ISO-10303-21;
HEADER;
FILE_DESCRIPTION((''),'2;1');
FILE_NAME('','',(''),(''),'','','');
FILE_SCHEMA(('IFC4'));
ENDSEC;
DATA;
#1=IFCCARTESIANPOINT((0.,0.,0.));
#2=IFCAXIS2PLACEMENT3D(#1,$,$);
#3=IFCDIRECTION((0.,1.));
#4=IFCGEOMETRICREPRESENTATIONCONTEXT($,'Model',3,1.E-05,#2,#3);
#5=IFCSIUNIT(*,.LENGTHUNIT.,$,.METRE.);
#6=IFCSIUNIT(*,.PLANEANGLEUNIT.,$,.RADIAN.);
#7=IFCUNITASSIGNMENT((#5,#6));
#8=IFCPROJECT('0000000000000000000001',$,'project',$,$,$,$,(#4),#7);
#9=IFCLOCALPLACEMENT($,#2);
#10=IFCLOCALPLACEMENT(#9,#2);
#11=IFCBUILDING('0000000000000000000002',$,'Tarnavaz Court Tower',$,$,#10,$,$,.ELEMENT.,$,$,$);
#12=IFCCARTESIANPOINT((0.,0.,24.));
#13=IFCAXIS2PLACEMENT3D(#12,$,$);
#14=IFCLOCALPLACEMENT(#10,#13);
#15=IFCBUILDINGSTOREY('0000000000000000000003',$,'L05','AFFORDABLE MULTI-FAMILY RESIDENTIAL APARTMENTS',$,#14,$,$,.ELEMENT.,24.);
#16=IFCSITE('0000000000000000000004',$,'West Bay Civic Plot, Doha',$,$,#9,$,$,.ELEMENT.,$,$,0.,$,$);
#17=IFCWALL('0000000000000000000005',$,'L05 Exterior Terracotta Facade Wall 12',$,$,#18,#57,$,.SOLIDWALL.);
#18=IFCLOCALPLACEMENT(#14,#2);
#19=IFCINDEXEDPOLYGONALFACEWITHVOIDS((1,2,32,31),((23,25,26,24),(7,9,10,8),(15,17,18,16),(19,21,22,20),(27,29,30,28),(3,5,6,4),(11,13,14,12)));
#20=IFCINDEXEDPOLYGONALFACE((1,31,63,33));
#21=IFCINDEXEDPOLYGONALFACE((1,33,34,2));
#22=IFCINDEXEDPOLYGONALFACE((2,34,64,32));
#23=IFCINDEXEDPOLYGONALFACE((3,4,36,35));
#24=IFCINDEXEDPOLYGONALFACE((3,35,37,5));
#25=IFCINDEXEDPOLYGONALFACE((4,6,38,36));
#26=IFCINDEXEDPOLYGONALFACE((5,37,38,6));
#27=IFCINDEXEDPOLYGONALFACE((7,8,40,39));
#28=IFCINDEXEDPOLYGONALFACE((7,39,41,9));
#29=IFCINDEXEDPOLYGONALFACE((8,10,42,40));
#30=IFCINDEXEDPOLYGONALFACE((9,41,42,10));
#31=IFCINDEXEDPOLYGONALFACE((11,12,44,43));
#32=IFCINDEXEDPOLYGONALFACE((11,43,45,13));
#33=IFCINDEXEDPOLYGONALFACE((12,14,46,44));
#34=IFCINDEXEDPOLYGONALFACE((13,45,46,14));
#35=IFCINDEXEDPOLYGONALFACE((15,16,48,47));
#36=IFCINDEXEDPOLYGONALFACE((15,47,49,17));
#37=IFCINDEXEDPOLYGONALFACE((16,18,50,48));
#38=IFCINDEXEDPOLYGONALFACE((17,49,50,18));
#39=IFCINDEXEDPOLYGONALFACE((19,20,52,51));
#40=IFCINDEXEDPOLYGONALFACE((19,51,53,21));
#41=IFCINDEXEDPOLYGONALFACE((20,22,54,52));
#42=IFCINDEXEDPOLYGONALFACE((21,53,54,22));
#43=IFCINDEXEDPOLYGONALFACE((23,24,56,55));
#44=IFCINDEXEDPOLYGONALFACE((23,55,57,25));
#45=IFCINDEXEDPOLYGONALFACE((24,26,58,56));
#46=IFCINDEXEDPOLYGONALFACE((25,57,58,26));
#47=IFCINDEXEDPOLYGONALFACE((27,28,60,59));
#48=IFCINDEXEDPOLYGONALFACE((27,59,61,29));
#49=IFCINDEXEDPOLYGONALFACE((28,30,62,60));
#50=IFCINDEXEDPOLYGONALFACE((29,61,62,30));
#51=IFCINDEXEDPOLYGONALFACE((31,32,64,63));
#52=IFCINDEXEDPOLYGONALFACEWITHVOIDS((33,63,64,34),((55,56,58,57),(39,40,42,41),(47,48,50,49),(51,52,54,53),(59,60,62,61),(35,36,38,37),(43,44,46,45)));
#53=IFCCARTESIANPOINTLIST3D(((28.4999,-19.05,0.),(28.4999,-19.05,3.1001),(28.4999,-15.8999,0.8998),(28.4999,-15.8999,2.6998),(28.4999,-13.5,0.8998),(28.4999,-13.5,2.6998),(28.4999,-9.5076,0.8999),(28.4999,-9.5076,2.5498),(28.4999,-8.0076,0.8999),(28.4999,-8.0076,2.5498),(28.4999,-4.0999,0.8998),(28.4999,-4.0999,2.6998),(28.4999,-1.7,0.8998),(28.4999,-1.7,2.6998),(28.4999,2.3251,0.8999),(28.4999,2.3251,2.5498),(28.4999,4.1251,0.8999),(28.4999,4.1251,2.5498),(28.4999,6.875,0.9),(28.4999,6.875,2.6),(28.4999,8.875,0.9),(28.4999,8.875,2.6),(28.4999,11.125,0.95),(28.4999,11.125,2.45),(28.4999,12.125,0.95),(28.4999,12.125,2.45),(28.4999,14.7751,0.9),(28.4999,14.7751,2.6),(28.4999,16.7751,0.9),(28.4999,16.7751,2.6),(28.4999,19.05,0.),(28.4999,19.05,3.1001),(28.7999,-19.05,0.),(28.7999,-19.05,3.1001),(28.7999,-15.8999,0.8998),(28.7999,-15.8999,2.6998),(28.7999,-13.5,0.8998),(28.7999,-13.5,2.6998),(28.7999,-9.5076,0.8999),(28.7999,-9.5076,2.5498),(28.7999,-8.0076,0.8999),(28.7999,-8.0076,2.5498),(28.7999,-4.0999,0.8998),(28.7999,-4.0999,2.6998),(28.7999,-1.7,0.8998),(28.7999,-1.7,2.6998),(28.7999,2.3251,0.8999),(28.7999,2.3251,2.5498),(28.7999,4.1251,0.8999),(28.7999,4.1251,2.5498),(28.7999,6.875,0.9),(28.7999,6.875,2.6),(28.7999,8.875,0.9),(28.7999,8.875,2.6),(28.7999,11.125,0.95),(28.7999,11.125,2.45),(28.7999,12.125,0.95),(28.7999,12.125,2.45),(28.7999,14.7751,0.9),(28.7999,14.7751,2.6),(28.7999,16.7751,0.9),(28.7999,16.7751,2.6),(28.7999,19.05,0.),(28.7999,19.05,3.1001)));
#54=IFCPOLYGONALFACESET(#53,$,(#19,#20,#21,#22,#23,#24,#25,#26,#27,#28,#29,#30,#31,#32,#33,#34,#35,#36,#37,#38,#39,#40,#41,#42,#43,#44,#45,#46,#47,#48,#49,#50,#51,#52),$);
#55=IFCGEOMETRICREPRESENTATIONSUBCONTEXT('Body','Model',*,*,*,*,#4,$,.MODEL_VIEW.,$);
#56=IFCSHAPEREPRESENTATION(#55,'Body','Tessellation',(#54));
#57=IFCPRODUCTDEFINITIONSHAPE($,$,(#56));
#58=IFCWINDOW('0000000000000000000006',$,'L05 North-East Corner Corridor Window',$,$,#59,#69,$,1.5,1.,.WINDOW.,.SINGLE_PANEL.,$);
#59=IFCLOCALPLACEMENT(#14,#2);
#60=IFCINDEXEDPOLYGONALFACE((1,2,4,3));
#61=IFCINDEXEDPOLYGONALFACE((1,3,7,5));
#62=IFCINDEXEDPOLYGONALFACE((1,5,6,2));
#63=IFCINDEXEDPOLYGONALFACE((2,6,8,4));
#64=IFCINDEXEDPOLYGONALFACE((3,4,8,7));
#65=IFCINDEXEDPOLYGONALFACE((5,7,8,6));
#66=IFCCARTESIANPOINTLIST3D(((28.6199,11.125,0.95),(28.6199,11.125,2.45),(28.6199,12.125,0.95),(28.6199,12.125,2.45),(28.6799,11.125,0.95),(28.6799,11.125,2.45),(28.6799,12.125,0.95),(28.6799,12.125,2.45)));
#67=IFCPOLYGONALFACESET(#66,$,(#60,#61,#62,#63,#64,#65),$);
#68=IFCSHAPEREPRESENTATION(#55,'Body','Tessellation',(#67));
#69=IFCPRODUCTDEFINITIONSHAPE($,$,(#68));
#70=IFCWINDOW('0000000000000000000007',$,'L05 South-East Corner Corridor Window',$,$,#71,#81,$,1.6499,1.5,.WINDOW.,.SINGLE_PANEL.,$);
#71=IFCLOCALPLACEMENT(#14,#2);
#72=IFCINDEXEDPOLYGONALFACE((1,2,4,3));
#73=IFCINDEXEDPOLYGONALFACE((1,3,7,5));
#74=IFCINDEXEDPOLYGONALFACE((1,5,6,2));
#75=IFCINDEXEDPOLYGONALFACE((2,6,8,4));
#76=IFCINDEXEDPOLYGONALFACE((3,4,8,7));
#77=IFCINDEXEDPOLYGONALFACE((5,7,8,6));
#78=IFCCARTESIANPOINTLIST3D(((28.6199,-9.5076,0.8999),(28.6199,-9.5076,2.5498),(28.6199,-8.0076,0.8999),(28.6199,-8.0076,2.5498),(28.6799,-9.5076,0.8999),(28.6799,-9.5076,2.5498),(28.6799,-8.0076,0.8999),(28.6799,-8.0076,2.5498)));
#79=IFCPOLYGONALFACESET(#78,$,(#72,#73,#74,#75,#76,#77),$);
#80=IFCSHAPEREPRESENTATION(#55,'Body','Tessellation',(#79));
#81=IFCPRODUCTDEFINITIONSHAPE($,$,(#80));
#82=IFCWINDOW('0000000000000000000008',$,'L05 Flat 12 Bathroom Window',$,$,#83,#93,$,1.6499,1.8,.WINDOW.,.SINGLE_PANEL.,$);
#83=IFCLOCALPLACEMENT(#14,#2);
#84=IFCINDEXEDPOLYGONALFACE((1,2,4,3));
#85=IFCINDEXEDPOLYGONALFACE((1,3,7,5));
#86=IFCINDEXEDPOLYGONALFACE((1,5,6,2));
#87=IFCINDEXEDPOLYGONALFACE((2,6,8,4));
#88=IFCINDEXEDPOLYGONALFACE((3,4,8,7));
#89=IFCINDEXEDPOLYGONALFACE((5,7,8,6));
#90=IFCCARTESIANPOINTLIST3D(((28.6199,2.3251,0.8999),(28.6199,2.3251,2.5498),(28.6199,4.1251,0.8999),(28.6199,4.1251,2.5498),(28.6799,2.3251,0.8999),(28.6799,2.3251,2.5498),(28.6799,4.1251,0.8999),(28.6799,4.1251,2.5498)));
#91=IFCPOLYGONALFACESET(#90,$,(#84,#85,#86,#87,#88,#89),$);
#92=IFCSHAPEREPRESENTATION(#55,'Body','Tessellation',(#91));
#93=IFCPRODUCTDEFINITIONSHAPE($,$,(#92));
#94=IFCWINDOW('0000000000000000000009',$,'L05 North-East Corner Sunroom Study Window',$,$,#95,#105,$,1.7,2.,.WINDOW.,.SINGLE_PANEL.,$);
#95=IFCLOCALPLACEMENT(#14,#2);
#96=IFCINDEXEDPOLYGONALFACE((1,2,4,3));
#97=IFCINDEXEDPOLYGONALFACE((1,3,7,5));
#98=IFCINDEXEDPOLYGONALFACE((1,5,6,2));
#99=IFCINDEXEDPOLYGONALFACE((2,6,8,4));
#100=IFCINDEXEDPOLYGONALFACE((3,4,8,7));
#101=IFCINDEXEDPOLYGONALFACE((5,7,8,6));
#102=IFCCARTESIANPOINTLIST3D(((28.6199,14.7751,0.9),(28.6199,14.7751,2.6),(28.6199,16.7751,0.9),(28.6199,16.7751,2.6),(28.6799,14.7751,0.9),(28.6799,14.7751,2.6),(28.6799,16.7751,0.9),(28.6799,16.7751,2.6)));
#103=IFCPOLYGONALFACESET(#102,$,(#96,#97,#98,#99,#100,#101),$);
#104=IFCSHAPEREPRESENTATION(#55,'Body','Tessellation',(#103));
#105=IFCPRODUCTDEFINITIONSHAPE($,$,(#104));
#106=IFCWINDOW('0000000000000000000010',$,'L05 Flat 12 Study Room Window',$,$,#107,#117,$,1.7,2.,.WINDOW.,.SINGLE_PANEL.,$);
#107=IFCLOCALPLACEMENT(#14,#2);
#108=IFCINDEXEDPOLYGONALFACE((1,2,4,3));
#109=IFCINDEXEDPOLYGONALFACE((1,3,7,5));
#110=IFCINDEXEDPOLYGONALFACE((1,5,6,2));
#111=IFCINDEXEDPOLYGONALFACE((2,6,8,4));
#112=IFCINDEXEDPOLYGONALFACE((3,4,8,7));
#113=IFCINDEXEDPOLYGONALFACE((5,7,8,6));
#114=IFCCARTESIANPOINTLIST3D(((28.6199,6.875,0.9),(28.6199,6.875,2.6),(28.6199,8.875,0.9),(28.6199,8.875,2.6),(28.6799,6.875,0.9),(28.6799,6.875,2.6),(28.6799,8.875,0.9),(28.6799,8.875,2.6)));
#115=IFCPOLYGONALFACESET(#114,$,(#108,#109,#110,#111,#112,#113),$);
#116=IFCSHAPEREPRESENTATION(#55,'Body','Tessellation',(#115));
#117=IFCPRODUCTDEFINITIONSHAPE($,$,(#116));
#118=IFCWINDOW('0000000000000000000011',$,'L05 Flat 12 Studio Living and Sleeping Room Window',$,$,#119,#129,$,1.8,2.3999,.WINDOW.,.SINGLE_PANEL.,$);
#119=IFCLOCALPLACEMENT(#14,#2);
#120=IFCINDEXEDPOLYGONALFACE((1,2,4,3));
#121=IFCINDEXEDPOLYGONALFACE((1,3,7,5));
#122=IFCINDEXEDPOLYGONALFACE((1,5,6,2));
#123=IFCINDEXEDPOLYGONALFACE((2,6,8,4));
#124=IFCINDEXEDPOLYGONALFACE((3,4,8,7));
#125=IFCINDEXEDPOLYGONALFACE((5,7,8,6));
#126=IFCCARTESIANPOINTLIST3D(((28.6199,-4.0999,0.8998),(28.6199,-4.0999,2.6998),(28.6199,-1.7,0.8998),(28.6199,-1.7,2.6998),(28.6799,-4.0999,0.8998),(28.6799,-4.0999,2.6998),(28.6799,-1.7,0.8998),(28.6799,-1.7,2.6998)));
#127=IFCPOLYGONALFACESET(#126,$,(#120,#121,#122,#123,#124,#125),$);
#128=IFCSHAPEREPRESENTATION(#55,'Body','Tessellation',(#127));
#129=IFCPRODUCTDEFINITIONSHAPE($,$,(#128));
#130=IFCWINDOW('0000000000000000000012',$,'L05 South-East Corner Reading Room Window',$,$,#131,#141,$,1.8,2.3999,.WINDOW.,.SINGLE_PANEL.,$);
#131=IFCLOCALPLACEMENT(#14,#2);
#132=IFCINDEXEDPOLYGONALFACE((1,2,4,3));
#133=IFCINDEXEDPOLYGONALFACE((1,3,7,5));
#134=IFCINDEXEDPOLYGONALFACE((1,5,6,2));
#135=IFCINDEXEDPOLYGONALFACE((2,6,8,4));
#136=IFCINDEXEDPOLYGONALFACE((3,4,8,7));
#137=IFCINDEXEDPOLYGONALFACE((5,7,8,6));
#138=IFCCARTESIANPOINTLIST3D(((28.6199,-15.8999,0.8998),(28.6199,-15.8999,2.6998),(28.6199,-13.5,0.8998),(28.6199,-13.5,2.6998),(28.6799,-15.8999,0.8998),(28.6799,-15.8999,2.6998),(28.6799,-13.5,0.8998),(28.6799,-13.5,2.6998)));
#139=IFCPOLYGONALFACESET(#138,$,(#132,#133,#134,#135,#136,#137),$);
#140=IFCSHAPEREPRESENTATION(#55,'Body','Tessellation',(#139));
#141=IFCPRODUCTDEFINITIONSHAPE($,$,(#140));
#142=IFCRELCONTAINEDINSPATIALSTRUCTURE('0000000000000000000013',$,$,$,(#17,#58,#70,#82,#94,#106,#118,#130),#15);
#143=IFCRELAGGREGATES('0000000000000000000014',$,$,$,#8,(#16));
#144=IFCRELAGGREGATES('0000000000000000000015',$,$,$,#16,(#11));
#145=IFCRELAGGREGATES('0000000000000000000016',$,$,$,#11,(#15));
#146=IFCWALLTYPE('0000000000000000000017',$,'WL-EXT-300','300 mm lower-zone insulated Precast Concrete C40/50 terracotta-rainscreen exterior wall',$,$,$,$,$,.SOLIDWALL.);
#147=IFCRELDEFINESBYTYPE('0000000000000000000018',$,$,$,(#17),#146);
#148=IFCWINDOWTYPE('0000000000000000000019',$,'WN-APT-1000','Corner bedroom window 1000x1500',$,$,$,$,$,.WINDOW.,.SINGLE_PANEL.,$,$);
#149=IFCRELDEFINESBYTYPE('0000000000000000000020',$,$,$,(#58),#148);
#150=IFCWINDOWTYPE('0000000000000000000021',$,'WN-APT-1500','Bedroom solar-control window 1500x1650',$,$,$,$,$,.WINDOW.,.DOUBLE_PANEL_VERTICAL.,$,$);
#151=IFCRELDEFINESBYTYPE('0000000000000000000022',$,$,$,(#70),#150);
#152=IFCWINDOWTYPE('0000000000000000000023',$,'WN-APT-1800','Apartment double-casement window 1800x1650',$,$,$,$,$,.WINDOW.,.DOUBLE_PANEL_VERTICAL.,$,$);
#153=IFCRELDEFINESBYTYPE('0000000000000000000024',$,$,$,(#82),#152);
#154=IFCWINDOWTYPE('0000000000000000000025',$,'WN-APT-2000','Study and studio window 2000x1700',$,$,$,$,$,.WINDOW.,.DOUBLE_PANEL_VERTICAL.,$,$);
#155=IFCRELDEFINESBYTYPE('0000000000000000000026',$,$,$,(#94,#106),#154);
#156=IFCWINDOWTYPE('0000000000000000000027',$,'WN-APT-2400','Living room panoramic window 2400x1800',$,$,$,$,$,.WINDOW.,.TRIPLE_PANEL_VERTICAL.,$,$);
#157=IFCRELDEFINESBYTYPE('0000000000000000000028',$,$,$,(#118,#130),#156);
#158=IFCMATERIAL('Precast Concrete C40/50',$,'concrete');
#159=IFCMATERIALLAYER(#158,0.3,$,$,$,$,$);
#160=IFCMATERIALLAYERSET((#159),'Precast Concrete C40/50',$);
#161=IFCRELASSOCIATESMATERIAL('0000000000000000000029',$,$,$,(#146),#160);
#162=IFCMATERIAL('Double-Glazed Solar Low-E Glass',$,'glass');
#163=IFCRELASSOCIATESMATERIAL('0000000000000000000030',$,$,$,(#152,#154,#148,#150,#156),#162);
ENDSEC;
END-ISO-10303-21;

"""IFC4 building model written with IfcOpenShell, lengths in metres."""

from ifc_helpers import new_model, si_unit, direction, frame, frame_2d, origin, place, context, subcontext, project, spatial, rectangle, extrude, material, layer, layer_set, type_object, element, fill, save


model = new_model("IFC4")

# Units and contexts
model_context = context("Model", 3, precision=1e-05, world=origin(), true_north=direction((0.0, 1.0)))
body_context = subcontext(model_context, "Body", "Model", "MODEL_VIEW")
ifc_project = project(units=[si_unit("LENGTHUNIT", "METRE"), si_unit("PLANEANGLEUNIT", "RADIAN")], contexts=[model_context])

# Site, building, storey
site_placement = place(None, origin())
site = spatial("IfcSite", under=ifc_project, at=site_placement, Name="West Bay Civic Plot, Doha", CompositionType="ELEMENT", RefElevation=0.0)
building_placement = place(site_placement, origin())
building = spatial("IfcBuilding", under=site, at=building_placement, Name="Tarnavaz Court Tower", CompositionType="ELEMENT")
storey_placement = place(building_placement, frame((0.0, 0.0, 24.0)))
storey = spatial("IfcBuildingStorey", under=building, at=storey_placement, Name="L05", Description="AFFORDABLE MULTI-FAMILY RESIDENTIAL APARTMENTS", CompositionType="ELEMENT", Elevation=24.0)

# Shared definitions
ifc_material_1 = material(Name="Precast Concrete C40/50", Category="concrete")
ifc_layer_1 = layer(ifc_material_1, 0.3)
ifc_layer_set_1 = layer_set([ifc_layer_1], Name="Precast Concrete C40/50")
wall_type_1 = type_object("IfcWallType", Name="WL-EXT-300", Description="300 mm lower-zone insulated Precast Concrete C40/50 terracotta-rainscreen exterior wall", PredefinedType="SOLIDWALL", material=ifc_layer_set_1)
ifc_material_2 = material(Name="Double-Glazed Solar Low-E Glass", Category="glass")
window_type_1 = type_object("IfcWindowType", Name="WN-APT-1800", Description="Apartment double-casement window 1800x1650", PartitioningType="DOUBLE_PANEL_VERTICAL", PredefinedType="WINDOW", material=ifc_material_2)
window_type_2 = type_object("IfcWindowType", Name="WN-APT-2000", Description="Study and studio window 2000x1700", PartitioningType="DOUBLE_PANEL_VERTICAL", PredefinedType="WINDOW", material=ifc_material_2)

# Wall, openings, windows
wall_1_placement = place(storey_placement, frame((28.6499, 19.05, 0.0), z_axis=(0.0, 0.0, 1.0), x_axis=(0.0, -1.0, 0.0)))
wall_1 = element("IfcWall", 1, at=wall_1_placement, inside=storey, type_object=wall_type_1, Name="L05 Exterior Terracotta Facade Wall 12", PredefinedType="SOLIDWALL", context=body_context, shape_type="SweptSolid", body=[
    extrude(rectangle(XDim=38.1001, YDim=0.3, at=frame_2d((19.05, 0.0))), origin(), (0.0, 0.0, 1.0), 3.1001),
])
opening_1_placement = place(wall_1_placement, frame((2.2749, 0.0, 0.8999)))
opening_1 = element("IfcOpeningElement", 2, at=opening_1_placement, cuts=wall_1, PredefinedType="OPENING", context=body_context, shape_type="SweptSolid", body=[
    extrude(rectangle(XDim=2.0, YDim=1.7, at=frame_2d((1.0, 0.8501))), frame((0.0, 0.1599, 0.0), z_axis=(0.0, -1.0, 0.0), x_axis=(1.0, 0.0, 0.0)), (0.0, 0.0, 1.0), 0.3201),
])
opening_2_placement = place(wall_1_placement, frame((6.925, 0.0, 0.95)))
opening_2 = element("IfcOpeningElement", 3, at=opening_2_placement, cuts=wall_1, PredefinedType="OPENING", context=body_context, shape_type="SweptSolid", body=[
    extrude(rectangle(XDim=1.0, YDim=1.5, at=frame_2d((0.5, 0.75))), frame((0.0, 0.1599, 0.0), z_axis=(0.0, -1.0, 0.0), x_axis=(1.0, 0.0, 0.0)), (0.0, 0.0, 1.0), 0.3201),
])
opening_3_placement = place(wall_1_placement, frame((10.175, 0.0, 0.8999)))
opening_3 = element("IfcOpeningElement", 4, at=opening_3_placement, cuts=wall_1, PredefinedType="OPENING", context=body_context, shape_type="SweptSolid", body=[
    extrude(rectangle(XDim=2.0, YDim=1.7, at=frame_2d((1.0, 0.8501))), frame((0.0, 0.1599, 0.0), z_axis=(0.0, -1.0, 0.0), x_axis=(1.0, 0.0, 0.0)), (0.0, 0.0, 1.0), 0.3201),
])
opening_4_placement = place(wall_1_placement, frame((14.925, 0.0, 0.8999)))
opening_4 = element("IfcOpeningElement", 5, at=opening_4_placement, cuts=wall_1, PredefinedType="OPENING", context=body_context, shape_type="SweptSolid", body=[
    extrude(rectangle(XDim=1.8, YDim=1.6499, at=frame_2d((0.8999, 0.825))), frame((0.0, 0.1599, 0.0), z_axis=(0.0, -1.0, 0.0), x_axis=(1.0, 0.0, 0.0)), (0.0, 0.0, 1.0), 0.3201),
])
opening_5_placement = place(wall_1_placement, frame((20.75, 0.0, 0.8999)))
opening_5 = element("IfcOpeningElement", 6, at=opening_5_placement, cuts=wall_1, PredefinedType="OPENING", context=body_context, shape_type="SweptSolid", body=[
    extrude(rectangle(XDim=2.3999, YDim=1.8, at=frame_2d((1.2, 0.8999))), frame((0.0, 0.1599, 0.0), z_axis=(0.0, -1.0, 0.0), x_axis=(1.0, 0.0, 0.0)), (0.0, 0.0, 1.0), 0.3201),
])
opening_6_placement = place(wall_1_placement, frame((27.0576, 0.0, 0.8999)))
opening_6 = element("IfcOpeningElement", 7, at=opening_6_placement, cuts=wall_1, PredefinedType="OPENING", context=body_context, shape_type="SweptSolid", body=[
    extrude(rectangle(XDim=1.5, YDim=1.6499, at=frame_2d((0.75, 0.825))), frame((0.0, 0.1599, 0.0), z_axis=(0.0, -1.0, 0.0), x_axis=(1.0, 0.0, 0.0)), (0.0, 0.0, 1.0), 0.3201),
])
opening_7_placement = place(wall_1_placement, frame((32.55, 0.0, 0.8999)))
opening_7 = element("IfcOpeningElement", 8, at=opening_7_placement, cuts=wall_1, PredefinedType="OPENING", context=body_context, shape_type="SweptSolid", body=[
    extrude(rectangle(XDim=2.3999, YDim=1.8, at=frame_2d((1.2, 0.8999))), frame((0.0, 0.1599, 0.0), z_axis=(0.0, -1.0, 0.0), x_axis=(1.0, 0.0, 0.0)), (0.0, 0.0, 1.0), 0.3201),
])
window_type_3 = type_object("IfcWindowType", Name="WN-APT-1000", Description="Corner bedroom window 1000x1500", PartitioningType="SINGLE_PANEL", PredefinedType="WINDOW", material=ifc_material_2)
window_1_placement = place(opening_2_placement, origin())
window_1 = element("IfcWindow", 9, at=window_1_placement, inside=storey, type_object=window_type_3, Name="L05 North-East Corner Corridor Window", OverallHeight=1.5, OverallWidth=1.0, PartitioningType="SINGLE_PANEL", PredefinedType="WINDOW", context=body_context, shape_type="SweptSolid", body=[
    extrude(rectangle(XDim=1.0, YDim=1.5, at=frame_2d((0.5, 0.75))), frame((0.0, 0.03, 0.0), z_axis=(0.0, -1.0, 0.0), x_axis=(1.0, 0.0, 0.0)), (0.0, 0.0, 1.0), 0.0601),
])
fill(opening_2, window_1)
window_type_4 = type_object("IfcWindowType", Name="WN-APT-1500", Description="Bedroom solar-control window 1500x1650", PartitioningType="DOUBLE_PANEL_VERTICAL", PredefinedType="WINDOW", material=ifc_material_2)
window_2_placement = place(opening_6_placement, origin())
window_2 = element("IfcWindow", 10, at=window_2_placement, inside=storey, type_object=window_type_4, Name="L05 South-East Corner Corridor Window", OverallHeight=1.6499, OverallWidth=1.5, PartitioningType="SINGLE_PANEL", PredefinedType="WINDOW", context=body_context, shape_type="SweptSolid", body=[
    extrude(rectangle(XDim=1.5, YDim=1.6499, at=frame_2d((0.75, 0.825))), frame((0.0, 0.03, 0.0), z_axis=(0.0, -1.0, 0.0), x_axis=(1.0, 0.0, 0.0)), (0.0, 0.0, 1.0), 0.0601),
])
fill(opening_6, window_2)
window_3_placement = place(opening_4_placement, origin())
window_3 = element("IfcWindow", 11, at=window_3_placement, inside=storey, type_object=window_type_1, Name="L05 Flat 12 Bathroom Window", OverallHeight=1.6499, OverallWidth=1.8, PartitioningType="SINGLE_PANEL", PredefinedType="WINDOW", context=body_context, shape_type="SweptSolid", body=[
    extrude(rectangle(XDim=1.8, YDim=1.6499, at=frame_2d((0.8999, 0.825))), frame((0.0, 0.03, 0.0), z_axis=(0.0, -1.0, 0.0), x_axis=(1.0, 0.0, 0.0)), (0.0, 0.0, 1.0), 0.0601),
])
fill(opening_4, window_3)
window_4_placement = place(opening_1_placement, origin())
window_4 = element("IfcWindow", 12, at=window_4_placement, inside=storey, type_object=window_type_2, Name="L05 North-East Corner Sunroom Study Window", OverallHeight=1.7, OverallWidth=2.0, PartitioningType="SINGLE_PANEL", PredefinedType="WINDOW", context=body_context, shape_type="SweptSolid", body=[
    extrude(rectangle(XDim=2.0, YDim=1.7, at=frame_2d((1.0, 0.8501))), frame((0.0, 0.03, 0.0), z_axis=(0.0, -1.0, 0.0), x_axis=(1.0, 0.0, 0.0)), (0.0, 0.0, 1.0), 0.0601),
])
fill(opening_1, window_4)
window_5_placement = place(opening_3_placement, origin())
window_5 = element("IfcWindow", 13, at=window_5_placement, inside=storey, type_object=window_type_2, Name="L05 Flat 12 Study Room Window", OverallHeight=1.7, OverallWidth=2.0, PartitioningType="SINGLE_PANEL", PredefinedType="WINDOW", context=body_context, shape_type="SweptSolid", body=[
    extrude(rectangle(XDim=2.0, YDim=1.7, at=frame_2d((1.0, 0.8501))), frame((0.0, 0.03, 0.0), z_axis=(0.0, -1.0, 0.0), x_axis=(1.0, 0.0, 0.0)), (0.0, 0.0, 1.0), 0.0601),
])
fill(opening_3, window_5)
window_type_5 = type_object("IfcWindowType", Name="WN-APT-2400", Description="Living room panoramic window 2400x1800", PartitioningType="TRIPLE_PANEL_VERTICAL", PredefinedType="WINDOW", material=ifc_material_2)
window_6_placement = place(opening_5_placement, origin())
window_6 = element("IfcWindow", 14, at=window_6_placement, inside=storey, type_object=window_type_5, Name="L05 Flat 12 Studio Living and Sleeping Room Window", OverallHeight=1.8, OverallWidth=2.3999, PartitioningType="SINGLE_PANEL", PredefinedType="WINDOW", context=body_context, shape_type="SweptSolid", body=[
    extrude(rectangle(XDim=2.3999, YDim=1.8, at=frame_2d((1.2, 0.8999))), frame((0.0, 0.03, 0.0), z_axis=(0.0, -1.0, 0.0), x_axis=(1.0, 0.0, 0.0)), (0.0, 0.0, 1.0), 0.0601),
])
fill(opening_5, window_6)
window_7_placement = place(opening_7_placement, origin())
window_7 = element("IfcWindow", 15, at=window_7_placement, inside=storey, type_object=window_type_5, Name="L05 South-East Corner Reading Room Window", OverallHeight=1.8, OverallWidth=2.3999, PartitioningType="SINGLE_PANEL", PredefinedType="WINDOW", context=body_context, shape_type="SweptSolid", body=[
    extrude(rectangle(XDim=2.3999, YDim=1.8, at=frame_2d((1.2, 0.8999))), frame((0.0, 0.03, 0.0), z_axis=(0.0, -1.0, 0.0), x_axis=(1.0, 0.0, 0.0)), (0.0, 0.0, 1.0), 0.0601),
])
fill(opening_7, window_7)

save(model, "model.ifc")
